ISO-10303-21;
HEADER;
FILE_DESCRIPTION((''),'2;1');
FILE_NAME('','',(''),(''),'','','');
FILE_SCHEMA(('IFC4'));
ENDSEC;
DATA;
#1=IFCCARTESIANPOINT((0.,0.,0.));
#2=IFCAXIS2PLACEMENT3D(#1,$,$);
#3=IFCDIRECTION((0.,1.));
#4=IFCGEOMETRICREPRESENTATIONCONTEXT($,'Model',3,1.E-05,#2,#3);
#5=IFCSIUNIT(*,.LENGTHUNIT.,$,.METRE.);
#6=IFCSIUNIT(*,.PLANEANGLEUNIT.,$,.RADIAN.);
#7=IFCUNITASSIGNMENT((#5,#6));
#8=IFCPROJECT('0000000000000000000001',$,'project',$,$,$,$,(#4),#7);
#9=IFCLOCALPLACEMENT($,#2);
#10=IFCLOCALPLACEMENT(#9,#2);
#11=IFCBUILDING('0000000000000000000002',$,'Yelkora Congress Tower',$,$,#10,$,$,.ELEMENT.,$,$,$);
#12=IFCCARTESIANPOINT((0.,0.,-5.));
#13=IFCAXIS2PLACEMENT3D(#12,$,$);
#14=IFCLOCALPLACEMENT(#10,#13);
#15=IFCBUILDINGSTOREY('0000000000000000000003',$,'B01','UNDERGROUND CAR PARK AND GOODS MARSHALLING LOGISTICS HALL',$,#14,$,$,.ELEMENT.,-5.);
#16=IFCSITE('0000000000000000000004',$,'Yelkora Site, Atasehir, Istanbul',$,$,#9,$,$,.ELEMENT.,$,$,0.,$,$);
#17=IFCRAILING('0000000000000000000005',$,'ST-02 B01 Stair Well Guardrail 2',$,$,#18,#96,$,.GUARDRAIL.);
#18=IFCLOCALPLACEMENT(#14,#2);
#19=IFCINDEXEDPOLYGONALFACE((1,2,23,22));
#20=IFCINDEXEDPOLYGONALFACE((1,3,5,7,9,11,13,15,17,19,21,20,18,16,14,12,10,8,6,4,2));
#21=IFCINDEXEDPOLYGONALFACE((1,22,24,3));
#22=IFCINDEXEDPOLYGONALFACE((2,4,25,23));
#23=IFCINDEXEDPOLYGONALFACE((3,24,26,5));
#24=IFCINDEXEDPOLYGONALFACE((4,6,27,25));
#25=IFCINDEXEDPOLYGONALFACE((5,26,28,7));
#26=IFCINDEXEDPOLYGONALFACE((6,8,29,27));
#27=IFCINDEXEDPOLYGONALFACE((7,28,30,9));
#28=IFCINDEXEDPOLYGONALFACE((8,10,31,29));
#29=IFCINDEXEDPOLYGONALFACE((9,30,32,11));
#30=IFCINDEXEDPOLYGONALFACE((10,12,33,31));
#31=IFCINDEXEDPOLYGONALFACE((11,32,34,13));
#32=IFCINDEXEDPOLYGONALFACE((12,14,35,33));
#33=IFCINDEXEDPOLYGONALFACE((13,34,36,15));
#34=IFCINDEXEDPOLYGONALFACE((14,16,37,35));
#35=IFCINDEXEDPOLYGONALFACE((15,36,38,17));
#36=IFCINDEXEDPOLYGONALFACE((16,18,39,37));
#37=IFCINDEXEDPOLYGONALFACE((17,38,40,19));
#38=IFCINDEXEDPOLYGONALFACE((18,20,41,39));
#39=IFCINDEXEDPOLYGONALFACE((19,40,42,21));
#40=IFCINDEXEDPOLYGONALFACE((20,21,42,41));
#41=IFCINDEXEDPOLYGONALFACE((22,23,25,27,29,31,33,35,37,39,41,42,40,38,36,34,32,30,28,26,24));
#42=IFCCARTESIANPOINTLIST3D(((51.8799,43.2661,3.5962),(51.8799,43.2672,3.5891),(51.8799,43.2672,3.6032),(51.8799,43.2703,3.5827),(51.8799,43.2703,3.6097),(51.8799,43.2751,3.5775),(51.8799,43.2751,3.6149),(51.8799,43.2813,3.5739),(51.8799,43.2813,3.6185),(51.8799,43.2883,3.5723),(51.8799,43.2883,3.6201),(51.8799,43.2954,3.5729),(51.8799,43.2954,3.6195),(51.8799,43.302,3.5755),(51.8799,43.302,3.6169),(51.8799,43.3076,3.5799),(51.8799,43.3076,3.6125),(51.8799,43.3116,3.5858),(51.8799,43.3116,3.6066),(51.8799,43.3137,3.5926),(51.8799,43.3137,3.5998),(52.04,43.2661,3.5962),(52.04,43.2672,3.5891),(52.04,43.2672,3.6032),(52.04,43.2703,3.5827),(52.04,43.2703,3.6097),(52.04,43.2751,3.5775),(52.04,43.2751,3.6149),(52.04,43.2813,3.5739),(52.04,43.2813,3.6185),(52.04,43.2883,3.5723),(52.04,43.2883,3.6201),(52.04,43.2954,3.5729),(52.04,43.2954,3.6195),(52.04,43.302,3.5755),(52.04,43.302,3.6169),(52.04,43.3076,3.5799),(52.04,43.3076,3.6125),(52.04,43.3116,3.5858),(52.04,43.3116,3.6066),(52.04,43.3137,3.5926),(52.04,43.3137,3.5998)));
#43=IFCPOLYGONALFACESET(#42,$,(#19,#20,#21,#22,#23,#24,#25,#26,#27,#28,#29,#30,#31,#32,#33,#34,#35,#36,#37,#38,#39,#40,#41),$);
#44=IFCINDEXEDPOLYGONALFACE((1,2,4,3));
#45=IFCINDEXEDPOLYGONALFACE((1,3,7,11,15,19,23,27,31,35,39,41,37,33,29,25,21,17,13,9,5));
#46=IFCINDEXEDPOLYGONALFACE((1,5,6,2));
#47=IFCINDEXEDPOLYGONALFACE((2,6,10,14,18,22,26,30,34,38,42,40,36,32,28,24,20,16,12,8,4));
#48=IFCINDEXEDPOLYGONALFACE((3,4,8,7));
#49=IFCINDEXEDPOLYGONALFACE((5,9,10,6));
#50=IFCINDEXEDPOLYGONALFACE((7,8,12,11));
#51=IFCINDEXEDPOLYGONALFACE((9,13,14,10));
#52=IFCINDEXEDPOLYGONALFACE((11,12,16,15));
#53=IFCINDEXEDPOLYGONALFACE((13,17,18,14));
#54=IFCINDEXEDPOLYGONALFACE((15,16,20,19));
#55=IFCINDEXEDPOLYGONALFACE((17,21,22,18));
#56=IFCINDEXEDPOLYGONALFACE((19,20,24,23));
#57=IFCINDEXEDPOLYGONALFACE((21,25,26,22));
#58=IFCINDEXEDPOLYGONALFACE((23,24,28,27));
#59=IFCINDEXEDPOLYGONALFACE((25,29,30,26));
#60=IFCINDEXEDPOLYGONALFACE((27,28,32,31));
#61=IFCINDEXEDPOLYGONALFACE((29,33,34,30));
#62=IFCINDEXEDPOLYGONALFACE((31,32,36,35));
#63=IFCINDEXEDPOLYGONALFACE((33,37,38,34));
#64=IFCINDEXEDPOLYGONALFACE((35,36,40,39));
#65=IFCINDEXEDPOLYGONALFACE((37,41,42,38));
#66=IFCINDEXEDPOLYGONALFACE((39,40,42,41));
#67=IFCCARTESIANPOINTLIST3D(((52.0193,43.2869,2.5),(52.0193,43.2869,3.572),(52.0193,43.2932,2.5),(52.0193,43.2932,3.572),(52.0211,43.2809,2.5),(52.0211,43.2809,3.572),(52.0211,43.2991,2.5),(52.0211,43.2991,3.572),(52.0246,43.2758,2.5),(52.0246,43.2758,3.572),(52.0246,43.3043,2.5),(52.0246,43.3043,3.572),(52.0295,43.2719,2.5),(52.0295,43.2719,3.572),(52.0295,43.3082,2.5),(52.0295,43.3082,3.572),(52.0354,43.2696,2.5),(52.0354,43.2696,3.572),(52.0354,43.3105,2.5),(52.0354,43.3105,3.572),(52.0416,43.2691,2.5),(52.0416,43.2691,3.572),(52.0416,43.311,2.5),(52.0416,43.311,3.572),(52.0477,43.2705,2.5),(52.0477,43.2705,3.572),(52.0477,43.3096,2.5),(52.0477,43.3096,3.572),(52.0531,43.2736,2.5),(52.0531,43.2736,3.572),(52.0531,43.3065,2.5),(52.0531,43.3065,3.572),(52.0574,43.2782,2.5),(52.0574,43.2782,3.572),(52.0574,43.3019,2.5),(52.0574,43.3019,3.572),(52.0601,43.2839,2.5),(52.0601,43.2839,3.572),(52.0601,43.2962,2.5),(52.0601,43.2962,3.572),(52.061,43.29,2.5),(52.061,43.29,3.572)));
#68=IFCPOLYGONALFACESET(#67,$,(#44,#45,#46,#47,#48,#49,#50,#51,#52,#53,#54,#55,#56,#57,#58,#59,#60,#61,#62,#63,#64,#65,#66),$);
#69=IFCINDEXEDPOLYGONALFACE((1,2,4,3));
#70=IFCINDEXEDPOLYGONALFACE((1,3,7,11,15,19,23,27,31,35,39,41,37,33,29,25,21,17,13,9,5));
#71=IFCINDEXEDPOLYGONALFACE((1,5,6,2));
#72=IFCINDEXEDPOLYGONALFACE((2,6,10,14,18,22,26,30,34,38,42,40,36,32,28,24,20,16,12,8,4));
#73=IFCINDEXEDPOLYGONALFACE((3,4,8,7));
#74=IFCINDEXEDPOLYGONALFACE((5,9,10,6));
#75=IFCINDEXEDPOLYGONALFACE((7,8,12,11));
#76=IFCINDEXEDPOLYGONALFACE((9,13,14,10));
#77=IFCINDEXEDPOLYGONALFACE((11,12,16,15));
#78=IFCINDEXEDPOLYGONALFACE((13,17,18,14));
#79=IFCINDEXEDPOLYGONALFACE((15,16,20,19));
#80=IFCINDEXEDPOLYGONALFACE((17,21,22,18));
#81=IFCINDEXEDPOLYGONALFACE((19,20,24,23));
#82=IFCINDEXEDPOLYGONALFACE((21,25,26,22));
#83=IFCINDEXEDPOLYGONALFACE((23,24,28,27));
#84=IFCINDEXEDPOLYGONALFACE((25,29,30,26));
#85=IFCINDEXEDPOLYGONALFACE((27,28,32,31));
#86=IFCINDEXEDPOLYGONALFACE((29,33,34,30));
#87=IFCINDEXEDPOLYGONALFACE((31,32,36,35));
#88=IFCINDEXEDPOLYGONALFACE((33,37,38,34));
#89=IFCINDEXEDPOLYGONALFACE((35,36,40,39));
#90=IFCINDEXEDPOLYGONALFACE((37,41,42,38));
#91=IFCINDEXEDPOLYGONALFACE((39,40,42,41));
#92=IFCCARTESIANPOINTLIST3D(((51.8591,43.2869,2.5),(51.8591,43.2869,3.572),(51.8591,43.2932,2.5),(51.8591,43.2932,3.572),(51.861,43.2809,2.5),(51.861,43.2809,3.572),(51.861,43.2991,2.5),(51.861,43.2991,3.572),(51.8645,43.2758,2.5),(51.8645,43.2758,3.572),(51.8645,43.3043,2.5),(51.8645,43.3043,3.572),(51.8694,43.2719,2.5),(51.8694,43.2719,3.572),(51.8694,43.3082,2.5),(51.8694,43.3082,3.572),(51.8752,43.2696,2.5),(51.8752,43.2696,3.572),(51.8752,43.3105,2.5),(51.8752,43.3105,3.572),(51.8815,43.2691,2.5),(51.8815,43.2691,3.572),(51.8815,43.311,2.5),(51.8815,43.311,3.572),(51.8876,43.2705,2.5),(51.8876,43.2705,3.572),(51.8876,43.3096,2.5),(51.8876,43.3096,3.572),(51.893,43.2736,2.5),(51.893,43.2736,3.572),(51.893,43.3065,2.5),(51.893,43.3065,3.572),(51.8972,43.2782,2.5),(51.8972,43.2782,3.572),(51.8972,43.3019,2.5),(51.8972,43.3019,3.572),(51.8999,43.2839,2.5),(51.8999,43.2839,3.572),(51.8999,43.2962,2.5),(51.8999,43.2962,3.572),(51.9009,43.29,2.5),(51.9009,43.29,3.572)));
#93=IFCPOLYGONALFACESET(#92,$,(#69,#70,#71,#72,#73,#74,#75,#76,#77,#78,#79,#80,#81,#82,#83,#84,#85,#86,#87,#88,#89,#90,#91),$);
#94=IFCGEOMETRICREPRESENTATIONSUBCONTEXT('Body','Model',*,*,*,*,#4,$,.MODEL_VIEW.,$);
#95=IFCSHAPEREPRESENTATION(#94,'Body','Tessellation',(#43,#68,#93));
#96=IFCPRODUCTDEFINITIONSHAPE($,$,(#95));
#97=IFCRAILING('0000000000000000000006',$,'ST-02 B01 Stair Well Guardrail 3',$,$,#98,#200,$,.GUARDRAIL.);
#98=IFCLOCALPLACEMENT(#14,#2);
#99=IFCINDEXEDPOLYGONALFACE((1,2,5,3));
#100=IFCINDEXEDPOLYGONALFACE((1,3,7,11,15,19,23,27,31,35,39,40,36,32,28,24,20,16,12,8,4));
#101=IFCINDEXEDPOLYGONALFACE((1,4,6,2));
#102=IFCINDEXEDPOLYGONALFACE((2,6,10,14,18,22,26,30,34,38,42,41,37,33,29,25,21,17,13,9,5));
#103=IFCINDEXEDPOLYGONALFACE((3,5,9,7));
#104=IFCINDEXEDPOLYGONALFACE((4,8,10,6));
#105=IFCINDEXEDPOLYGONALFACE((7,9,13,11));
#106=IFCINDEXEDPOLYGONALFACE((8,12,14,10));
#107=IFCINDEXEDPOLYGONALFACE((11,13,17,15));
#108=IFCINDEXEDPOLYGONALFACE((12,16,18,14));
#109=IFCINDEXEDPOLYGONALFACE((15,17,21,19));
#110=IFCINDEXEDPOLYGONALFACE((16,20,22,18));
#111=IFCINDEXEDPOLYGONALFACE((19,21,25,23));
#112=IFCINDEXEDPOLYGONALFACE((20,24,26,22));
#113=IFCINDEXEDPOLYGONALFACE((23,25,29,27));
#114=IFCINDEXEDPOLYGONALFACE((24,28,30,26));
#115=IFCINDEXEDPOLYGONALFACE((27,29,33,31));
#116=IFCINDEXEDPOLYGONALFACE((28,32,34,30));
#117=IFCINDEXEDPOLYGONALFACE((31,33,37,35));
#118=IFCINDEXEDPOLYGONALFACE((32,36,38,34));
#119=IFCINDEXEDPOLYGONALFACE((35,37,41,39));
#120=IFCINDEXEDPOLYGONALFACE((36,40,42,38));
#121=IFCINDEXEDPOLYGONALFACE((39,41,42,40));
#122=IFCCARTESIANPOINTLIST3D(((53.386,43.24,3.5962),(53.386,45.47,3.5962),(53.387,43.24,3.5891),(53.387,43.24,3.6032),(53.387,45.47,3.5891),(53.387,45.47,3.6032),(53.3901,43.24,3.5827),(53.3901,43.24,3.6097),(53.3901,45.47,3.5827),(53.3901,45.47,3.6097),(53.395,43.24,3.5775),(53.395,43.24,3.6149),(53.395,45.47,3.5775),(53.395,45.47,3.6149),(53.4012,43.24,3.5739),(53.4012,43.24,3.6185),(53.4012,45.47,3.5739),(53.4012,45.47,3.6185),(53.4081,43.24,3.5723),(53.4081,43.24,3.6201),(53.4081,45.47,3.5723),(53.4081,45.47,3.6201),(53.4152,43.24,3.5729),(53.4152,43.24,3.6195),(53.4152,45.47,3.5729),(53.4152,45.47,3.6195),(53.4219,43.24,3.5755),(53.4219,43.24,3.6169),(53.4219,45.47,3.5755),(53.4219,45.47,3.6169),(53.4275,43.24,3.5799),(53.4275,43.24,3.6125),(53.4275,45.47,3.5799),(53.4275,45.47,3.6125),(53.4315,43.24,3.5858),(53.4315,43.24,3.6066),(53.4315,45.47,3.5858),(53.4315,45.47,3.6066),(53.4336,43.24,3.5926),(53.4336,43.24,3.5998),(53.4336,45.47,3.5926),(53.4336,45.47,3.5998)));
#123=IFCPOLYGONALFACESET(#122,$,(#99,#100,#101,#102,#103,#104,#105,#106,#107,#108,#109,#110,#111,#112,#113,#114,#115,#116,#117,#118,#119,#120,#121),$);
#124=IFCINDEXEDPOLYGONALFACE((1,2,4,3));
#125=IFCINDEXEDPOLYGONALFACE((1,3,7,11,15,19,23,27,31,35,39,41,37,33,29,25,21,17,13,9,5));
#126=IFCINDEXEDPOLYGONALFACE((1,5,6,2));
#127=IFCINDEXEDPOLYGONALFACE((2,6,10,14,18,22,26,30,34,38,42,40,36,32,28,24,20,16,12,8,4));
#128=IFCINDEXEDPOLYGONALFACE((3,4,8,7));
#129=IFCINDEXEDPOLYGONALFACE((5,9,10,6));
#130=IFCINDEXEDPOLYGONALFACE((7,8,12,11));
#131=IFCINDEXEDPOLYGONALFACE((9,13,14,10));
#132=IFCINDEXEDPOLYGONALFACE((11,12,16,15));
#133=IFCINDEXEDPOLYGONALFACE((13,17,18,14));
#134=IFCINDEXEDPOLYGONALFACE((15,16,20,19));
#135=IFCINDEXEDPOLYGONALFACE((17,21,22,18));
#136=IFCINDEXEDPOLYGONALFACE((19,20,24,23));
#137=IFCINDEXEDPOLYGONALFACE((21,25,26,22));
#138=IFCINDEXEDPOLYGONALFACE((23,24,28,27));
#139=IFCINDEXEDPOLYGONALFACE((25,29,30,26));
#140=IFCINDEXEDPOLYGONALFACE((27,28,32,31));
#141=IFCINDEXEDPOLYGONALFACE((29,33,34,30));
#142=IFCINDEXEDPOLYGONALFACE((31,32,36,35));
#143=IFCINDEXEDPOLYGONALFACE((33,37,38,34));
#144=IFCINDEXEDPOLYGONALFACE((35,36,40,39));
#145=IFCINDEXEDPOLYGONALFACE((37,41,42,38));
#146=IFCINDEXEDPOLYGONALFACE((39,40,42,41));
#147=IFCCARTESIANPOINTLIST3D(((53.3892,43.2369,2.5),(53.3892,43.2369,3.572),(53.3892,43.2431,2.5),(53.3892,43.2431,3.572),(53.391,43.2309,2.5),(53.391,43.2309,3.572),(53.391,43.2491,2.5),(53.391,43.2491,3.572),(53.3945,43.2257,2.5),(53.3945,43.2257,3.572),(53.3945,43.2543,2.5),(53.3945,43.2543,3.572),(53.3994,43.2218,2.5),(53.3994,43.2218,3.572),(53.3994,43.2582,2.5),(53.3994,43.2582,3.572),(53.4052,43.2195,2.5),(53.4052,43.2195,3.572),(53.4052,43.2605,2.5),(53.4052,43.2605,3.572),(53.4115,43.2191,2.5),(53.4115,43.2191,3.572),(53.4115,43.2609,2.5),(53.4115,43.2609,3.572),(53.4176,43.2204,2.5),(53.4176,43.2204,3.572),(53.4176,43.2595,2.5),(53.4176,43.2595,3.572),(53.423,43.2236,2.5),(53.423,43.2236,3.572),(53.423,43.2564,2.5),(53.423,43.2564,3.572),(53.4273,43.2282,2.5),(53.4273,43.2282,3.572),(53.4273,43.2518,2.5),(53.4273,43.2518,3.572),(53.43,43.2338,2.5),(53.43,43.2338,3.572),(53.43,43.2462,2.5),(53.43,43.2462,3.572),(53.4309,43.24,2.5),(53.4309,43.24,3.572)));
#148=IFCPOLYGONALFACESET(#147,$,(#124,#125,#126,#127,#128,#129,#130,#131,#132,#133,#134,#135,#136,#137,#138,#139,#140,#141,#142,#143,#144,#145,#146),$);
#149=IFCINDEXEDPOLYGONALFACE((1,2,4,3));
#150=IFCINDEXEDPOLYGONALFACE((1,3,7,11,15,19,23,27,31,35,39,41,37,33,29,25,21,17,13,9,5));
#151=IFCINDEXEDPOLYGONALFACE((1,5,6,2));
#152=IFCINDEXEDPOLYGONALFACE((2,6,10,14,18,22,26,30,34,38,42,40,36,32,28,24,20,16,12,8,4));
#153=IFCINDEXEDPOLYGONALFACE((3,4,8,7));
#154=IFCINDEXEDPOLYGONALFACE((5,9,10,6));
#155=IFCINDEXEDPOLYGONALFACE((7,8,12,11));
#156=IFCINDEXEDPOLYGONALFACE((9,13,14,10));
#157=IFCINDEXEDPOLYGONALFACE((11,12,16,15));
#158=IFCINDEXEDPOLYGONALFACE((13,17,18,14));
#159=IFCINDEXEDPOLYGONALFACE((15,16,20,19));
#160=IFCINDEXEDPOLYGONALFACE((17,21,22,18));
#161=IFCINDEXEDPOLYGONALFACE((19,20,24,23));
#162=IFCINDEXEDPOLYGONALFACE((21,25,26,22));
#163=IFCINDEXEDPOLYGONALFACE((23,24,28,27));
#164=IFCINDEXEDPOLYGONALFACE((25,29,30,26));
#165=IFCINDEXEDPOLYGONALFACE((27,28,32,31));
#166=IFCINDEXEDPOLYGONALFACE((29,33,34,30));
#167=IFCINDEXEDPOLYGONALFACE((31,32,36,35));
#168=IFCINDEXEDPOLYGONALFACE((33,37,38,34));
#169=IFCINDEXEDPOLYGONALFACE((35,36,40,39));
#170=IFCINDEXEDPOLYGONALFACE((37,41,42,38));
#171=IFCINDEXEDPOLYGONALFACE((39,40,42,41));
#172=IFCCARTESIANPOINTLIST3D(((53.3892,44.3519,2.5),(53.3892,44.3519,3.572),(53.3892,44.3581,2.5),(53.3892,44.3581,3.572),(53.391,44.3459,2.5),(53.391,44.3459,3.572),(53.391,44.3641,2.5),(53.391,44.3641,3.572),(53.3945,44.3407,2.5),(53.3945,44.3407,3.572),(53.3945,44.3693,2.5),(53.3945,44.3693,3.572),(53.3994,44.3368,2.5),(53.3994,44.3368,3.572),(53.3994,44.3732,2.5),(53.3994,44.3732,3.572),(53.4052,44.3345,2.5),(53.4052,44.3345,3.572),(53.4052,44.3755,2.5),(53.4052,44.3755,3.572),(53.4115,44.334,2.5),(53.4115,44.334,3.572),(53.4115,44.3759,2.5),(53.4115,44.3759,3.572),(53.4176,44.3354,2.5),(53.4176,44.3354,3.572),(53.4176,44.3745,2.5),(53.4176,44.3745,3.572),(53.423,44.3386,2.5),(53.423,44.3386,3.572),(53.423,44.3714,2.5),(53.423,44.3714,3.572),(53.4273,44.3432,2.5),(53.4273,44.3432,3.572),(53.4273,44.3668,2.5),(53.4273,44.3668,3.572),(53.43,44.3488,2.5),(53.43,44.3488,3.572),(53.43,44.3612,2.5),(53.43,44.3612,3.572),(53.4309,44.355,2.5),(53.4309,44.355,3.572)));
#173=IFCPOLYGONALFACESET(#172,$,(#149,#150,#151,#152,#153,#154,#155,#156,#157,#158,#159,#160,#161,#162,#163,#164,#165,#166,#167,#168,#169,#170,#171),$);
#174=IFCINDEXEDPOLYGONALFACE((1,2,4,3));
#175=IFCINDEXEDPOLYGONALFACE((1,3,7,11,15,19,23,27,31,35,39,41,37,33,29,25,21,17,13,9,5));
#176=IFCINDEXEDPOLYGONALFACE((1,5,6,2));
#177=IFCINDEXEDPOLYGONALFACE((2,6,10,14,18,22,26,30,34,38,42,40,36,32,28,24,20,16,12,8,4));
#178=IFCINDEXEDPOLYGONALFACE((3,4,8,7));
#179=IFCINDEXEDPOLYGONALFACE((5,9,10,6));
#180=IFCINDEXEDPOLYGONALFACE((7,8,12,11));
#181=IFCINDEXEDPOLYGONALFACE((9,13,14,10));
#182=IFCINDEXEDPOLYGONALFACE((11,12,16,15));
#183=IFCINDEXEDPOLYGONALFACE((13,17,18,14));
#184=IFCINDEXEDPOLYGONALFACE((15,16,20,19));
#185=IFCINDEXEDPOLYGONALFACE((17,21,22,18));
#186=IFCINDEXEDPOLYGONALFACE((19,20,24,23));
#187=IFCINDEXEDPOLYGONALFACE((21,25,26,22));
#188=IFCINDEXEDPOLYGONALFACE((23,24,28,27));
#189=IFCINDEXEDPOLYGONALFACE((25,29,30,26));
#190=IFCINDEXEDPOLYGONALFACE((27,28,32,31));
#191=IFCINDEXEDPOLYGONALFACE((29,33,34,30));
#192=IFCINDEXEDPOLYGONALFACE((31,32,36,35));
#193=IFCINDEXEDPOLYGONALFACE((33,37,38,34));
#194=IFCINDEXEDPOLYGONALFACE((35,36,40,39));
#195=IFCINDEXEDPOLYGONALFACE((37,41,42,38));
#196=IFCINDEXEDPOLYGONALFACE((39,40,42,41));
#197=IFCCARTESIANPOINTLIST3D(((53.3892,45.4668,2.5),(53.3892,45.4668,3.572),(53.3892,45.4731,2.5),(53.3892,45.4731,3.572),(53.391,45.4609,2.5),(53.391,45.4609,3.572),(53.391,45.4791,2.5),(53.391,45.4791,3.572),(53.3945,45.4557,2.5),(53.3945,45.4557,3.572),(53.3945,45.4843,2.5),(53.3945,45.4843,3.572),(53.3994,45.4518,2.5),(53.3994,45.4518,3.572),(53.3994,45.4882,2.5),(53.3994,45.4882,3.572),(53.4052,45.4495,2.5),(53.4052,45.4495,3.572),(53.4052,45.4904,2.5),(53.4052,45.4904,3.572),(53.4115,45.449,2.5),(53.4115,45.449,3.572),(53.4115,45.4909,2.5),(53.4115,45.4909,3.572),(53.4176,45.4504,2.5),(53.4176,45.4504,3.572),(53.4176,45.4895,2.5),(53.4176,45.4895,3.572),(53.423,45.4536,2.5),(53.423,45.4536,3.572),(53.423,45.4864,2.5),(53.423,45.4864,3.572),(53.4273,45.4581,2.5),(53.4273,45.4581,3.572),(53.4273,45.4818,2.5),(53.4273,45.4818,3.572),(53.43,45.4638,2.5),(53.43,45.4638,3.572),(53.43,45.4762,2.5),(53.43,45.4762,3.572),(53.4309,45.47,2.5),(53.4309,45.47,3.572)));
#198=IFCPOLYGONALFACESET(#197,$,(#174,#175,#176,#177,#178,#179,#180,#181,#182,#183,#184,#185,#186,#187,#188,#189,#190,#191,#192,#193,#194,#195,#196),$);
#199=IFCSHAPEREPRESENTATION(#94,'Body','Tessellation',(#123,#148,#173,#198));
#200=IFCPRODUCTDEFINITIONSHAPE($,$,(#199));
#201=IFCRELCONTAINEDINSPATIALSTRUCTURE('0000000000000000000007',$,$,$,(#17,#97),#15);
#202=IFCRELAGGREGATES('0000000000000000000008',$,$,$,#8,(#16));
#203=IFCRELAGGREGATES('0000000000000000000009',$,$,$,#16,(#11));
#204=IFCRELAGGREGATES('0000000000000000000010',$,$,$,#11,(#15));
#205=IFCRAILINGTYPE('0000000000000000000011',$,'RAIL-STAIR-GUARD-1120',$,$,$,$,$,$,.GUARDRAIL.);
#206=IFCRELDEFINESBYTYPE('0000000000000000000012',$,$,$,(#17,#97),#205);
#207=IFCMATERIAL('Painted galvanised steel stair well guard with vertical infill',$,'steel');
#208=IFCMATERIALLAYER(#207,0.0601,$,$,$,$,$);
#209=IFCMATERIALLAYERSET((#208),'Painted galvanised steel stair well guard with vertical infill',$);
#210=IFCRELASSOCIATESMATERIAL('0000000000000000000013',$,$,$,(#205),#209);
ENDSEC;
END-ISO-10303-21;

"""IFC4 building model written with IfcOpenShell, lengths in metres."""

from ifc_helpers import new_model, si_unit, direction, frame, origin, origin_2d, place, context, subcontext, project, spatial, circle, extrude, material, layer, layer_set, type_object, element, save


model = new_model("IFC4")

# Units and contexts
model_context = context("Model", 3, precision=1e-05, world=origin(), true_north=direction((0.0, 1.0)))
body_context = subcontext(model_context, "Body", "Model", "MODEL_VIEW")
ifc_project = project(units=[si_unit("LENGTHUNIT", "METRE"), si_unit("PLANEANGLEUNIT", "RADIAN")], contexts=[model_context])

# Site, building, storey
site_placement = place(None, origin())
site = spatial("IfcSite", under=ifc_project, at=site_placement, Name="Yelkora Site, Atasehir, Istanbul", CompositionType="ELEMENT", RefElevation=0.0)
building_placement = place(site_placement, origin())
building = spatial("IfcBuilding", under=site, at=building_placement, Name="Yelkora Congress Tower", CompositionType="ELEMENT")
storey_placement = place(building_placement, frame((0.0, 0.0, -5.0)))
storey = spatial("IfcBuildingStorey", under=building, at=storey_placement, Name="B01", Description="UNDERGROUND CAR PARK AND GOODS MARSHALLING LOGISTICS HALL", CompositionType="ELEMENT", Elevation=-5.0)

# Railings
ifc_material_1 = material(Name="Painted galvanised steel stair well guard with vertical infill", Category="steel")
ifc_layer_1 = layer(ifc_material_1, 0.0601)
ifc_layer_set_1 = layer_set([ifc_layer_1], Name="Painted galvanised steel stair well guard with vertical infill")
railing_type_1 = type_object("IfcRailingType", Name="RAIL-STAIR-GUARD-1120", PredefinedType="GUARDRAIL", material=ifc_layer_set_1)
railing_1_placement = place(storey_placement, frame((52.04, 43.29, 2.5)))
element("IfcRailing", 1, at=railing_1_placement, inside=storey, type_object=railing_type_1, Name="ST-02 B01 Stair Well Guardrail 2", PredefinedType="GUARDRAIL", context=body_context, shape_type="SweptSolid", body=[
    extrude(circle(Radius=0.0239, at=origin_2d()), frame((0.0, 0.0, 1.0962), z_axis=(-1.0, 0.0, 0.0), x_axis=(0.0, -1.0, 0.0)), (0.0, 0.0, 1.0), 0.1602),
    extrude(circle(Radius=0.021, at=origin_2d()), origin(), (0.0, 0.0, 1.0), 1.072),
    extrude(circle(Radius=0.021, at=origin_2d()), frame((-0.1602, 0.0, 0.0)), (0.0, 0.0, 1.0), 1.072),
])
for number, where, name in (
    (2, (53.4099, 43.24, 2.5), "ST-02 B01 Stair Well Guardrail 3"),
):
    element("IfcRailing", number, at=place(storey_placement, frame(where)), inside=storey, type_object=railing_type_1, Name=name, PredefinedType="GUARDRAIL", context=body_context, shape_type="SweptSolid", body=[
        extrude(circle(Radius=0.0239, at=origin_2d()), frame((0.0, 0.0, 1.0962), z_axis=(0.0, 1.0, 0.0), x_axis=(-1.0, 0.0, 0.0)), (0.0, 0.0, 1.0), 2.23),
        extrude(circle(Radius=0.021, at=origin_2d()), origin(), (0.0, 0.0, 1.0), 1.072),
        extrude(circle(Radius=0.021, at=origin_2d()), frame((0.0, 1.115, 0.0)), (0.0, 0.0, 1.0), 1.072),
        extrude(circle(Radius=0.021, at=origin_2d()), frame((0.0, 2.23, 0.0)), (0.0, 0.0, 1.0), 1.072),
    ])

save(model, "model.ifc")
